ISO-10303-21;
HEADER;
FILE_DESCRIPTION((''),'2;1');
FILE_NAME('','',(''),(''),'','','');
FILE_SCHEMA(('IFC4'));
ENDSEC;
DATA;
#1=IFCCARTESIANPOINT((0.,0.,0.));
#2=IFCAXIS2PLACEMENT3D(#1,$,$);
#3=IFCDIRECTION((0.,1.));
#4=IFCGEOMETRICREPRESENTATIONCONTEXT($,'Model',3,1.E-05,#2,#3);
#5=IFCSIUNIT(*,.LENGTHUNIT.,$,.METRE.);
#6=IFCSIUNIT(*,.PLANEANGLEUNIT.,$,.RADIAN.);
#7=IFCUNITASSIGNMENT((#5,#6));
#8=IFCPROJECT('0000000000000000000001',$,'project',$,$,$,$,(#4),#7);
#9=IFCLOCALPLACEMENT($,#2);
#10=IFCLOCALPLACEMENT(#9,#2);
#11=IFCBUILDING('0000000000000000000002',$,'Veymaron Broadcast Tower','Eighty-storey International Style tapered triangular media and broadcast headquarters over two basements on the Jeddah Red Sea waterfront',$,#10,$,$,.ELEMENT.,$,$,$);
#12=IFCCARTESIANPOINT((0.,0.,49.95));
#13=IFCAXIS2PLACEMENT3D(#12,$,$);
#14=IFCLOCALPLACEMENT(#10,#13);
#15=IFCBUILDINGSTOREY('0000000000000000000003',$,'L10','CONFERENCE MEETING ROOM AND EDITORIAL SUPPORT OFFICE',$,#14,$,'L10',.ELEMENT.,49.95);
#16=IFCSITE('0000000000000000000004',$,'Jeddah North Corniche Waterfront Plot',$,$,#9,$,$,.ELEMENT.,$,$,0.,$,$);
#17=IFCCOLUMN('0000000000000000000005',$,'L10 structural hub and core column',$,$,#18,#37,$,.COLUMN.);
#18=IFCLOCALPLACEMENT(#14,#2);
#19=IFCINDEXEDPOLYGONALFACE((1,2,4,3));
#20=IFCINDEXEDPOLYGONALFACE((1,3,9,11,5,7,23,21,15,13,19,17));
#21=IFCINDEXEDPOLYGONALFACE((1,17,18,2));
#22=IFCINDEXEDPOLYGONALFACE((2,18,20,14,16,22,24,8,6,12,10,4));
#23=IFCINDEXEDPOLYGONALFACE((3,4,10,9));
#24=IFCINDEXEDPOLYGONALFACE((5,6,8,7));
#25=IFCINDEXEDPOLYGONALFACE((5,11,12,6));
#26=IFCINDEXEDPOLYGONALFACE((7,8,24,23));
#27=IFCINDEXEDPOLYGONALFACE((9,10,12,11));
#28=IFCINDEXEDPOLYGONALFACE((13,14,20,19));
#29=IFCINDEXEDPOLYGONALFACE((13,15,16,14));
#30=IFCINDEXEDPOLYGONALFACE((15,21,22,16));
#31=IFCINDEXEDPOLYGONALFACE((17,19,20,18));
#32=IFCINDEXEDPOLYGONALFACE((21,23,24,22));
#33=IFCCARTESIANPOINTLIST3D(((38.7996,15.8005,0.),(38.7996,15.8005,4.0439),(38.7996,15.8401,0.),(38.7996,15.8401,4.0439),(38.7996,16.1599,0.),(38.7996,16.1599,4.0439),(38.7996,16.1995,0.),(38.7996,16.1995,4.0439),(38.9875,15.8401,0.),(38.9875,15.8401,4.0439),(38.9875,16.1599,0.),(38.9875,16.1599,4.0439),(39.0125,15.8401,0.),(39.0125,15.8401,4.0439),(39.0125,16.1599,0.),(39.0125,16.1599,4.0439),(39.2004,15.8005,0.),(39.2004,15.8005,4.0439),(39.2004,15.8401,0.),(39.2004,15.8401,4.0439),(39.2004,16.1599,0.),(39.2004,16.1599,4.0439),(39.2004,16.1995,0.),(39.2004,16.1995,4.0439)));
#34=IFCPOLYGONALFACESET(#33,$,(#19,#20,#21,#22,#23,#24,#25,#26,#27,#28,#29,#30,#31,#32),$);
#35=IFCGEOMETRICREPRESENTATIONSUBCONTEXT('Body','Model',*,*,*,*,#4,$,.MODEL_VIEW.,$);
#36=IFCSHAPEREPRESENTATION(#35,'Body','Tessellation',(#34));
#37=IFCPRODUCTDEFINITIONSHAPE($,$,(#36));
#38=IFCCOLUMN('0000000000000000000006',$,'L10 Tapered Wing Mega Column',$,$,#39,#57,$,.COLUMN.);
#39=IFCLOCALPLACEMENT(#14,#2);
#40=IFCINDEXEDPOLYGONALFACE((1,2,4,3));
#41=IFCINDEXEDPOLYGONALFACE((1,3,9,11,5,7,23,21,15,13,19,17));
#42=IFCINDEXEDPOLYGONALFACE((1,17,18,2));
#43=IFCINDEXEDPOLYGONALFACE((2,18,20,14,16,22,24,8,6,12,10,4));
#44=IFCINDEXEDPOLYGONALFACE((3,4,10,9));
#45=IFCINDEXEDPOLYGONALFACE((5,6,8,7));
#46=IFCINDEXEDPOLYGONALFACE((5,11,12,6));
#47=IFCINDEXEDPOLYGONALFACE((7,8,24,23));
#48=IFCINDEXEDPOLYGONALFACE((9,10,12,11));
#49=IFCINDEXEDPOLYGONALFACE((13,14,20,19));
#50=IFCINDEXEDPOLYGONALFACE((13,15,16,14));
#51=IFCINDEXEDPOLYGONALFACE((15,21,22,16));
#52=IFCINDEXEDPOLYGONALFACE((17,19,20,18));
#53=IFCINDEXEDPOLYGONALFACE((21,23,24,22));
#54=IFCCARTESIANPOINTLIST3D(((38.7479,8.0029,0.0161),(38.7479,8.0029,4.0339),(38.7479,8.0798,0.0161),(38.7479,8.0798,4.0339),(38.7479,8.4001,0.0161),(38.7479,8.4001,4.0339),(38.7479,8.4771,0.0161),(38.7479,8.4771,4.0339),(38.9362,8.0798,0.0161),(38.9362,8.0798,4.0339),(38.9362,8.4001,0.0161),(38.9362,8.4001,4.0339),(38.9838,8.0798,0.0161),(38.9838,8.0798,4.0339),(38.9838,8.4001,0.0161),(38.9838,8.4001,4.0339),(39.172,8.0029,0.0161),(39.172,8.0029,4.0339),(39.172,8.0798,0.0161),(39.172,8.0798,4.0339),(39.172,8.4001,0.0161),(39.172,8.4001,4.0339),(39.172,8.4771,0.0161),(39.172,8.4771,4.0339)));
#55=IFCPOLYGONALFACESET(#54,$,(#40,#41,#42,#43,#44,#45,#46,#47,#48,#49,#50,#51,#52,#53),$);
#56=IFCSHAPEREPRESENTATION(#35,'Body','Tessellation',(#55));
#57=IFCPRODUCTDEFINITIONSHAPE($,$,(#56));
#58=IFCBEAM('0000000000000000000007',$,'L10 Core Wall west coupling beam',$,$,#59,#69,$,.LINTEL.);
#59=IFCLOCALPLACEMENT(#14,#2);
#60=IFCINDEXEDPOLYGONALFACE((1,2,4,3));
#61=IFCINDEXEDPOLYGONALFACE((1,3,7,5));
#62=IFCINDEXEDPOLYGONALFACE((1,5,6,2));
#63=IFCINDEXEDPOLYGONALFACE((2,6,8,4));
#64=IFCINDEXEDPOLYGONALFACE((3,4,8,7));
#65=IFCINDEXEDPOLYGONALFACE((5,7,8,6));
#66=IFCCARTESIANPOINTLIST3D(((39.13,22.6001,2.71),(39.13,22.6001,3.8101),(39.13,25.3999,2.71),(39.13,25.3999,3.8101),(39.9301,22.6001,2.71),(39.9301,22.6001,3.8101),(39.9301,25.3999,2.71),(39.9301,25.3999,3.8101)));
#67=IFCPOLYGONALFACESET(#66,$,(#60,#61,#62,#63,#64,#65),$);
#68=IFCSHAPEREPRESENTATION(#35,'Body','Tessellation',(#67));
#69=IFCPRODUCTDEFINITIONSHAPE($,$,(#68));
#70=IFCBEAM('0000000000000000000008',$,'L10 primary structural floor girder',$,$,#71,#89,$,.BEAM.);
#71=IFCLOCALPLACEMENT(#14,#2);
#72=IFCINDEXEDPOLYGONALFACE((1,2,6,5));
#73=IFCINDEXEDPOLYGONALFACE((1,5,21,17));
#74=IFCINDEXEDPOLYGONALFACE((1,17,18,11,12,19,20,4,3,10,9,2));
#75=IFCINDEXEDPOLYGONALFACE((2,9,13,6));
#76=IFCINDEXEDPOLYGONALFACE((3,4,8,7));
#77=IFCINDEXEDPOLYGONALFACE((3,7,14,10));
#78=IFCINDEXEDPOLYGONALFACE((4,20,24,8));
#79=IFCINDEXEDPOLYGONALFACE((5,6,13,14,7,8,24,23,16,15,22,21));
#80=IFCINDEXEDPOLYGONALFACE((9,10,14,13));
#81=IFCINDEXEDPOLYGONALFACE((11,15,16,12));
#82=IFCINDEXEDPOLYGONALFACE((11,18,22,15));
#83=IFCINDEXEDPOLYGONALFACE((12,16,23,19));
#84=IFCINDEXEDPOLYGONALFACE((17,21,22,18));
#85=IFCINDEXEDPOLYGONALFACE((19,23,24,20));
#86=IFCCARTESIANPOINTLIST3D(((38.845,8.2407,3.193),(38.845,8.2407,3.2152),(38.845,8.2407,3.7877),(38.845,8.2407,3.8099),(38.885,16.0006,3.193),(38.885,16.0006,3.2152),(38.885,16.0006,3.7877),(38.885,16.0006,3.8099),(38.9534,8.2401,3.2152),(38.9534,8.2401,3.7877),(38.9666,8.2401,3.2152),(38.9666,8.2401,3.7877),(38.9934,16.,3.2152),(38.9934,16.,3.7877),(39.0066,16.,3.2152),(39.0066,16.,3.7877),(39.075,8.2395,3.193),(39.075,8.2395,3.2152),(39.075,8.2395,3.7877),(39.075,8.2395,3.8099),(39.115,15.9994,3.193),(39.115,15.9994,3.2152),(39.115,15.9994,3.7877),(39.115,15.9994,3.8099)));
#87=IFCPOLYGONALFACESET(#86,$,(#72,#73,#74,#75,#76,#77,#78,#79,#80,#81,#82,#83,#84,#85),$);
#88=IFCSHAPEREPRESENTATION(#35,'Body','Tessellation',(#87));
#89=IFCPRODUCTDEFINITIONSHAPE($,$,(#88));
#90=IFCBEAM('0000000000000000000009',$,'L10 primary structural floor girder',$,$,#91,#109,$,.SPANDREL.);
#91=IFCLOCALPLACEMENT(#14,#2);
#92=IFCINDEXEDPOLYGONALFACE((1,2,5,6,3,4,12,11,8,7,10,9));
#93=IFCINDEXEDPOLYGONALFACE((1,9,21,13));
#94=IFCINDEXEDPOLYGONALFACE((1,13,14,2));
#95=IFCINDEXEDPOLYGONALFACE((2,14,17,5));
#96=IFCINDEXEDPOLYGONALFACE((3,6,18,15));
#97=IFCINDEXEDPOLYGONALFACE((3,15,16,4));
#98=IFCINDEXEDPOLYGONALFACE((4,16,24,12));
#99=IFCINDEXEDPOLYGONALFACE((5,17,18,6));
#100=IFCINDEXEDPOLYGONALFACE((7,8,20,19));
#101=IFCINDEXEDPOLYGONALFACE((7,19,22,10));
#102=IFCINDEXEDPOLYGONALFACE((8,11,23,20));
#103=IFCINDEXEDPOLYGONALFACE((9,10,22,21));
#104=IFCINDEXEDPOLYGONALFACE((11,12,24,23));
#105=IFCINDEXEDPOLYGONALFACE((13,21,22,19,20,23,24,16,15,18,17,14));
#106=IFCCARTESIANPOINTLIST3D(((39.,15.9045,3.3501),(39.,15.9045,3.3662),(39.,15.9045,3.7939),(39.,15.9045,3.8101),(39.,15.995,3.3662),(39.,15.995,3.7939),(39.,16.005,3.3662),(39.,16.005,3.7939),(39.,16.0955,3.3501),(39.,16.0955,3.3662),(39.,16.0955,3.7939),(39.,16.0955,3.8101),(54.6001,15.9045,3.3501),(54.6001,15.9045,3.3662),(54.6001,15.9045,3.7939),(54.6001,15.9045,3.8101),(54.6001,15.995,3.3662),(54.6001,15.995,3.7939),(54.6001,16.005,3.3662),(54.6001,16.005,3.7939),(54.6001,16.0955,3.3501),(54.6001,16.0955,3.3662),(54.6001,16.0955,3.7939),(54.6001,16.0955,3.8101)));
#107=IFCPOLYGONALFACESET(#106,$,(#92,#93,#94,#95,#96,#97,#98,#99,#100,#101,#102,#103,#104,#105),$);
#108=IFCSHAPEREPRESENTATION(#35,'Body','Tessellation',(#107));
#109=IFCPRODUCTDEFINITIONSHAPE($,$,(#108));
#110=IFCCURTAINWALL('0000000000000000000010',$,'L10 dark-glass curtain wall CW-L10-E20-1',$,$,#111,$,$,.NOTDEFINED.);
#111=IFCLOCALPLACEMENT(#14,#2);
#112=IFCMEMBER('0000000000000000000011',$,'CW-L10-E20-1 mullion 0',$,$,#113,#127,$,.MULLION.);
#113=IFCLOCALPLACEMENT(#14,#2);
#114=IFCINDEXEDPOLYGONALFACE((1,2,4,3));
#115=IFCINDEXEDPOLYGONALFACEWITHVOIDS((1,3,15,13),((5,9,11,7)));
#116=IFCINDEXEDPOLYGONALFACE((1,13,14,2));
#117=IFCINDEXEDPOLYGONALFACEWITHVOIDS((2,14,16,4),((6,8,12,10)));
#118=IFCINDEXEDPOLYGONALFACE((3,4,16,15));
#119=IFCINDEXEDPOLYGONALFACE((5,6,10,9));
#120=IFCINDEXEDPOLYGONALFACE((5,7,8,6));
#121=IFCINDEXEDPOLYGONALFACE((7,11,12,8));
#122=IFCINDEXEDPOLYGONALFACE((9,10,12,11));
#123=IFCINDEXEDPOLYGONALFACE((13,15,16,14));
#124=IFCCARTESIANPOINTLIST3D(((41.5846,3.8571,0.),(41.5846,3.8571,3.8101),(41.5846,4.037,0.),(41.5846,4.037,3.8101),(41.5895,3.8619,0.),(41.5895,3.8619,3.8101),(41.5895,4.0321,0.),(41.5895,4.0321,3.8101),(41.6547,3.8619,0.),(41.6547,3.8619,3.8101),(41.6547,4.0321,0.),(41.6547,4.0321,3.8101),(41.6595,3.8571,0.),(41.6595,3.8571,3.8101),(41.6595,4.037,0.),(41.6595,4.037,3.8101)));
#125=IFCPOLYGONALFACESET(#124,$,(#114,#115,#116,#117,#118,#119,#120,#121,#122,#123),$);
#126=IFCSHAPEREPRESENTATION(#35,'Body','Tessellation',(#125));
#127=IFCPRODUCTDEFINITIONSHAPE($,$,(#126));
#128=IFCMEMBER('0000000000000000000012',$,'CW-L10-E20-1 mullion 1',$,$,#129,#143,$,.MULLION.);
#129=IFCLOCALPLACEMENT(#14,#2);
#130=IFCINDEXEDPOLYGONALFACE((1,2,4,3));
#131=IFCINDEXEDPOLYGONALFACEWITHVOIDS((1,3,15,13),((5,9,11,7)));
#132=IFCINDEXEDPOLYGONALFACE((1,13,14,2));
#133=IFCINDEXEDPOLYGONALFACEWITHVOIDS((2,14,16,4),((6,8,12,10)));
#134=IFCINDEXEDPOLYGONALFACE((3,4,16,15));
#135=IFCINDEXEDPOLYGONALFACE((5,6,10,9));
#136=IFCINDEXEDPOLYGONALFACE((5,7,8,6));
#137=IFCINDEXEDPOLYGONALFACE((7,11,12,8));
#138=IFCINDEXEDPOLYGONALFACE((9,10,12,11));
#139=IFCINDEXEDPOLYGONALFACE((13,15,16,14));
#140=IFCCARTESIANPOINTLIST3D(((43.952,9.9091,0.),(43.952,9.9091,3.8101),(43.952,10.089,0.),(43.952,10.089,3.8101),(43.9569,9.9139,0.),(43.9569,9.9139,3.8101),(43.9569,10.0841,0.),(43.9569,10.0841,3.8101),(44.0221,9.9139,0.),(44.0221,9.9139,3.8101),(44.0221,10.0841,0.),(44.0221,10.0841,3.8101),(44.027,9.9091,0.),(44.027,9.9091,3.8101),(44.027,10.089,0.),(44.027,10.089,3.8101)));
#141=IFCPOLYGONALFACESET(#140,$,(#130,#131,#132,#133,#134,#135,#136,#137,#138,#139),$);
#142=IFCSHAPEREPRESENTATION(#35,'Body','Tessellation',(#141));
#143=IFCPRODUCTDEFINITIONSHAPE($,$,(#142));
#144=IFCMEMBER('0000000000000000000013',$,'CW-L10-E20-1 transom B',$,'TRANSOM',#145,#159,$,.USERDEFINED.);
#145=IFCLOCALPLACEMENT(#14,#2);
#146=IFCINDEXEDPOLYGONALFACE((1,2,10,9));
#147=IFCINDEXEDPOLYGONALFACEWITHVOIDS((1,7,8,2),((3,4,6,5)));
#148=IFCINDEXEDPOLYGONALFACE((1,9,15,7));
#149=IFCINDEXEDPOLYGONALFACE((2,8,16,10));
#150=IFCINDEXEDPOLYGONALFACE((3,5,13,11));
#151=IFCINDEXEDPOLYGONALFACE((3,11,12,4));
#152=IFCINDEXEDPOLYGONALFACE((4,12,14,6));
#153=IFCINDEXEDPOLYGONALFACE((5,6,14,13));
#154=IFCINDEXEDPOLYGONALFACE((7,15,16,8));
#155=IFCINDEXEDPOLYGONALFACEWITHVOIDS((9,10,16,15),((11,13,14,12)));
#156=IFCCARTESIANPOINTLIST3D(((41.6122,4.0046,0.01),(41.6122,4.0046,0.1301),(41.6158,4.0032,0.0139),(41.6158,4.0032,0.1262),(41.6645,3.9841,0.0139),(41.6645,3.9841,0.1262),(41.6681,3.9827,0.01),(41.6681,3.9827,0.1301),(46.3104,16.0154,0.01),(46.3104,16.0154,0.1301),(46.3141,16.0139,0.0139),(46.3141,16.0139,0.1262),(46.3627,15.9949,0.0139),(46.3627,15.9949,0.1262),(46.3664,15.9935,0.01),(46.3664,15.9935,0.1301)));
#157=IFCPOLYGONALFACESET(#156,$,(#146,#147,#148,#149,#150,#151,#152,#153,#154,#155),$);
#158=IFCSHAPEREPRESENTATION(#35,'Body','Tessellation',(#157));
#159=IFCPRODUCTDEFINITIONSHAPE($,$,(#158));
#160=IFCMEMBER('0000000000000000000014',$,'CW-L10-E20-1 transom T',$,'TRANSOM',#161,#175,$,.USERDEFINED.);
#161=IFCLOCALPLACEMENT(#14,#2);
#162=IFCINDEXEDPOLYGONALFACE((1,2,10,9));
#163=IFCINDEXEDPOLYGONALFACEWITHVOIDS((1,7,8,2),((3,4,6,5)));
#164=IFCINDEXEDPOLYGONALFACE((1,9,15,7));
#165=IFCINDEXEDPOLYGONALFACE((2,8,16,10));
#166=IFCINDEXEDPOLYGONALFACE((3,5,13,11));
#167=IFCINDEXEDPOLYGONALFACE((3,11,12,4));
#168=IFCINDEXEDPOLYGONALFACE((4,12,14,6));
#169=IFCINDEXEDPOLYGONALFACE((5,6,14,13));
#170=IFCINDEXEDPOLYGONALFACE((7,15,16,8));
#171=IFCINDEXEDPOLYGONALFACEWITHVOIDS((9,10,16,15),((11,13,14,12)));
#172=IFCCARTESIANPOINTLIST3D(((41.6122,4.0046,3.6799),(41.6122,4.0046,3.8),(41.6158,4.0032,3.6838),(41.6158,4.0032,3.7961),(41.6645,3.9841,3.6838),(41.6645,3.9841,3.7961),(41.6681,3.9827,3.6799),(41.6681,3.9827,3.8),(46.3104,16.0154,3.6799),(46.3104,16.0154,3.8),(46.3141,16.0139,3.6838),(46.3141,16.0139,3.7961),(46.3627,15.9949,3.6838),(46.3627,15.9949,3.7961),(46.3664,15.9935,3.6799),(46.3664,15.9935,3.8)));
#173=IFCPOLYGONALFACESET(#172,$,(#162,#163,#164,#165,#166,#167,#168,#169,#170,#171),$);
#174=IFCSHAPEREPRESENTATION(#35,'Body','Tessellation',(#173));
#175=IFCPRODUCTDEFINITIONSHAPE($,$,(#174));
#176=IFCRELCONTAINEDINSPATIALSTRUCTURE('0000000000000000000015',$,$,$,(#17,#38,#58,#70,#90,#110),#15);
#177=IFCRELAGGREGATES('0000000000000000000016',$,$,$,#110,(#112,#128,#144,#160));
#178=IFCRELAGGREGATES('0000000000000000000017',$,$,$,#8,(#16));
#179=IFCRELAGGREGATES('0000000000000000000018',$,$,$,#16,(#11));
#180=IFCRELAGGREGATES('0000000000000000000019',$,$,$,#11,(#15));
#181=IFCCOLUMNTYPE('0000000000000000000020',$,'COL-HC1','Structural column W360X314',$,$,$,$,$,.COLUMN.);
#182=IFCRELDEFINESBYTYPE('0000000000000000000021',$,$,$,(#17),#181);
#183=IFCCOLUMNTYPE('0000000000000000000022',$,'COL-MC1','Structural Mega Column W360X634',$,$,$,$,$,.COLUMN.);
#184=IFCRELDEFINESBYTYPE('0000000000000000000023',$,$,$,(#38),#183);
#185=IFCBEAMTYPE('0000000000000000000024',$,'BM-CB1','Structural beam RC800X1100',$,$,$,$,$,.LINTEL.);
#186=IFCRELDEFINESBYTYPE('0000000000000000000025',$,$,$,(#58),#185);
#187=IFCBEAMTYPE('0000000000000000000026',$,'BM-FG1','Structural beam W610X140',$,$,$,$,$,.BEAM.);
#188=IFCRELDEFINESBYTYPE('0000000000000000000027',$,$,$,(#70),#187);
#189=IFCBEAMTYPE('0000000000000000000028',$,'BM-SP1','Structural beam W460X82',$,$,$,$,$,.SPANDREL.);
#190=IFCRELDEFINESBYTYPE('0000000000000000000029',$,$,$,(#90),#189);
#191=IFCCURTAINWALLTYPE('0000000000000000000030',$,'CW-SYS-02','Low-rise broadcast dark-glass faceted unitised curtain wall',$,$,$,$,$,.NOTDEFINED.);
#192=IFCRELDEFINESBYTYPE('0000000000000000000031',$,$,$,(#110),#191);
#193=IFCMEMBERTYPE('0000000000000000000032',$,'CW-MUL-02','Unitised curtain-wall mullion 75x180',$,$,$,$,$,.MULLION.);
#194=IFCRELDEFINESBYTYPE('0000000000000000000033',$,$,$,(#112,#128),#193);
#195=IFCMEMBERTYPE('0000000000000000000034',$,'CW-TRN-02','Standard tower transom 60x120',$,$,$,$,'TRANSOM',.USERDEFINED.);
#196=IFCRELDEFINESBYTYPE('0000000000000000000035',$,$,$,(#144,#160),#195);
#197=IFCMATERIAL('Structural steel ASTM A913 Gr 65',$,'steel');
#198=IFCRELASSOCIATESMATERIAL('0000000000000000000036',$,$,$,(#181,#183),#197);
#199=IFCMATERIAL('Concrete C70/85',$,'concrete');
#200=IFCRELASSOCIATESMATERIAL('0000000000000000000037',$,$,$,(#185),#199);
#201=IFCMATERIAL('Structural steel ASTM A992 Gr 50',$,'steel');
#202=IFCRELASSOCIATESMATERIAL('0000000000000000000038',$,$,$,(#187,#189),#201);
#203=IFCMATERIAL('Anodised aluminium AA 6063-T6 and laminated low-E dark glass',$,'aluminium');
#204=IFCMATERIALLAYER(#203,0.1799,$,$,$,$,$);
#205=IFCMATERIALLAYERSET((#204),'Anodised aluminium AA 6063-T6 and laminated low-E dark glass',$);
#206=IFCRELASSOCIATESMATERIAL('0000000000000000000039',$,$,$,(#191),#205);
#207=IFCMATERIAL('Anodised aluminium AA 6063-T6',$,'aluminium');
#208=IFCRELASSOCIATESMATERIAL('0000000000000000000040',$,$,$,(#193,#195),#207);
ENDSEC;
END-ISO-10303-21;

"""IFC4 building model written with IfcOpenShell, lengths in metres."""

from ifc_helpers import new_model, si_unit, direction, frame, origin, origin_2d, place, context, subcontext, project, spatial, rectangle, hollow_rectangle, i_section, extrude, material, layer, layer_set, material_profile, profile_set, type_object, element, aggregate, save


model = new_model("IFC4")

# Units and contexts
model_context = context("Model", 3, precision=1e-05, world=origin(), true_north=direction((0.0, 1.0)))
body_context = subcontext(model_context, "Body", "Model", "MODEL_VIEW")
ifc_project = project(units=[si_unit("LENGTHUNIT", "METRE"), si_unit("PLANEANGLEUNIT", "RADIAN")], contexts=[model_context])

# Site, building, storey
site_placement = place(None, origin())
site = spatial("IfcSite", under=ifc_project, at=site_placement, Name="Jeddah North Corniche Waterfront Plot", CompositionType="ELEMENT", RefElevation=0.0)
building_placement = place(site_placement, origin())
building = spatial("IfcBuilding", under=site, at=building_placement, Name="Veymaron Broadcast Tower", Description="Eighty-storey International Style tapered triangular media and broadcast headquarters over two basements on the Jeddah Red Sea waterfront", CompositionType="ELEMENT")
storey_placement = place(building_placement, frame((0.0, 0.0, 49.95)))
storey = spatial("IfcBuildingStorey", under=building, at=storey_placement, Name="L10", Description="CONFERENCE MEETING ROOM AND EDITORIAL SUPPORT OFFICE", LongName="L10", CompositionType="ELEMENT", Elevation=49.95)

# Columns
ifc_material_1 = material(Name="Structural steel ASTM A913 Gr 65", Category="steel")
ifc_material_profile_1 = material_profile(ifc_material_1, i_section(OverallWidth=0.4009, OverallDepth=0.3989, WebThickness=0.0249, FlangeThickness=0.0396, at=origin_2d()), Name="W360X314")
ifc_profile_set_1 = profile_set([ifc_material_profile_1], Name="Structural steel ASTM A913 Gr 65")
column_type_1 = type_object("IfcColumnType", Name="COL-HC1", Description="Structural column W360X314", PredefinedType="COLUMN", material=ifc_profile_set_1)
column_1_placement = place(storey_placement, frame((39.0, 16.0, 0.0), z_axis=(0.0, 0.0, 1.0), x_axis=(1.0, 0.0, 0.0)))
element("IfcColumn", 1, at=column_1_placement, inside=storey, type_object=column_type_1, Name="L10 structural hub and core column", PredefinedType="COLUMN", context=body_context, shape_type="SweptSolid", body=[
    extrude(i_section(OverallWidth=0.4009, OverallDepth=0.3989, WebThickness=0.0249, FlangeThickness=0.0396, at=origin_2d()), origin(), (0.0, 0.0, 1.0), 4.0439),
])
ifc_material_profile_2 = material_profile(ifc_material_1, i_section(OverallWidth=0.4241, OverallDepth=0.4741, WebThickness=0.0476, FlangeThickness=0.0769, at=origin_2d()), Name="W360X634")
ifc_profile_set_2 = profile_set([ifc_material_profile_2], Name="Structural steel ASTM A913 Gr 65")
column_type_2 = type_object("IfcColumnType", Name="COL-MC1", Description="Structural Mega Column W360X634", PredefinedType="COLUMN", material=ifc_profile_set_2)
column_2_placement = place(storey_placement, frame((38.96, 8.24, 0.0161), z_axis=(0.0, 0.0, 1.0), x_axis=(1.0, 0.0, 0.0)))
element("IfcColumn", 2, at=column_2_placement, inside=storey, type_object=column_type_2, Name="L10 Tapered Wing Mega Column", PredefinedType="COLUMN", context=body_context, shape_type="SweptSolid", body=[
    extrude(i_section(OverallWidth=0.4241, OverallDepth=0.4741, WebThickness=0.0476, FlangeThickness=0.0769, at=origin_2d()), origin(), (0.0, 0.0, 1.0), 4.0178),
])

# Beams
ifc_material_2 = material(Name="Concrete C70/85", Category="concrete")
ifc_material_profile_3 = material_profile(ifc_material_2, rectangle(XDim=0.8, YDim=1.1001, at=origin_2d()), Name="RC800X1100")
ifc_profile_set_3 = profile_set([ifc_material_profile_3], Name="Concrete C70/85")
beam_type_1 = type_object("IfcBeamType", Name="BM-CB1", Description="Structural beam RC800X1100", PredefinedType="LINTEL", material=ifc_profile_set_3)
beam_1_placement = place(storey_placement, frame((39.53, 22.6001, 3.26), z_axis=(0.0, 1.0, 0.0), x_axis=(-1.0, 0.0, 0.0)))
element("IfcBeam", 3, at=beam_1_placement, inside=storey, type_object=beam_type_1, Name="L10 Core Wall west coupling beam", PredefinedType="LINTEL", context=body_context, shape_type="SweptSolid", body=[
    extrude(rectangle(XDim=0.8, YDim=1.1001, at=origin_2d()), origin(), (0.0, 0.0, 1.0), 2.7998),
])
ifc_material_3 = material(Name="Structural steel ASTM A992 Gr 50", Category="steel")
ifc_material_profile_4 = material_profile(ifc_material_3, i_section(OverallWidth=0.23, OverallDepth=0.6169, WebThickness=0.0132, FlangeThickness=0.0222, at=origin_2d()), Name="W610X140")
ifc_profile_set_4 = profile_set([ifc_material_profile_4], Name="Structural steel ASTM A992 Gr 50")
beam_type_2 = type_object("IfcBeamType", Name="BM-FG1", Description="Structural beam W610X140", PredefinedType="BEAM", material=ifc_profile_set_4)
beam_2_placement = place(storey_placement, frame((39.0, 16.0, 3.5015), z_axis=(-0.00516, -0.999987, 0.0), x_axis=(0.999987, -0.00516, 0.0)))
element("IfcBeam", 4, at=beam_2_placement, inside=storey, type_object=beam_type_2, Name="L10 primary structural floor girder", PredefinedType="BEAM", context=body_context, shape_type="SweptSolid", body=[
    extrude(i_section(OverallWidth=0.23, OverallDepth=0.6169, WebThickness=0.0132, FlangeThickness=0.0222, at=origin_2d()), origin(), (0.0, 0.0, 1.0), 7.76),
])
ifc_material_profile_5 = material_profile(ifc_material_3, i_section(OverallWidth=0.1909, OverallDepth=0.46, WebThickness=0.01, FlangeThickness=0.0161, at=origin_2d()), Name="W460X82")
ifc_profile_set_5 = profile_set([ifc_material_profile_5], Name="Structural steel ASTM A992 Gr 50")
beam_type_3 = type_object("IfcBeamType", Name="BM-SP1", Description="Structural beam W460X82", PredefinedType="SPANDREL", material=ifc_profile_set_5)
beam_3_placement = place(storey_placement, frame((39.0, 16.0, 3.5801), z_axis=(1.0, 0.0, 0.0), x_axis=(0.0, 1.0, 0.0)))
element("IfcBeam", 5, at=beam_3_placement, inside=storey, type_object=beam_type_3, Name="L10 primary structural floor girder", PredefinedType="SPANDREL", context=body_context, shape_type="SweptSolid", body=[
    extrude(i_section(OverallWidth=0.1909, OverallDepth=0.46, WebThickness=0.01, FlangeThickness=0.0161, at=origin_2d()), origin(), (0.0, 0.0, 1.0), 15.6001),
])

# Curtain wall, members
ifc_material_4 = material(Name="Anodised aluminium AA 6063-T6 and laminated low-E dark glass", Category="aluminium")
ifc_layer_1 = layer(ifc_material_4, 0.1799)
ifc_layer_set_1 = layer_set([ifc_layer_1], Name="Anodised aluminium AA 6063-T6 and laminated low-E dark glass")
curtain_wall_type = type_object("IfcCurtainWallType", Name="CW-SYS-02", Description="Low-rise broadcast dark-glass faceted unitised curtain wall", PredefinedType="NOTDEFINED", material=ifc_layer_set_1)
curtain_wall_placement = place(storey_placement, origin())
curtain_wall = element("IfcCurtainWall", 6, at=curtain_wall_placement, inside=storey, type_object=curtain_wall_type, Name="L10 dark-glass curtain wall CW-L10-E20-1", PredefinedType="NOTDEFINED")
ifc_material_5 = material(Name="Anodised aluminium AA 6063-T6", Category="aluminium")
ifc_material_profile_6 = material_profile(ifc_material_5, hollow_rectangle(XDim=0.075, YDim=0.1799, WallThickness=0.0049, at=origin_2d()), Name="AL180X75X5")
ifc_profile_set_6 = profile_set([ifc_material_profile_6], Name="Anodised aluminium AA 6063-T6")
member_type_1 = type_object("IfcMemberType", Name="CW-MUL-02", Description="Unitised curtain-wall mullion 75x180", PredefinedType="MULLION", material=ifc_profile_set_6)
member_1_placement = place(storey_placement, frame((41.6221, 3.947, 0.0), z_axis=(0.0, 0.0, 1.0), x_axis=(1.0, 0.0, 0.0)))
member_1 = element("IfcMember", 7, at=member_1_placement, type_object=member_type_1, Name="CW-L10-E20-1 mullion 0", PredefinedType="MULLION", context=body_context, shape_type="SweptSolid", body=[
    extrude(hollow_rectangle(XDim=0.075, YDim=0.1799, WallThickness=0.0049, at=origin_2d()), origin(), (0.0, 0.0, 1.0), 3.8101),
])
member_2_placement = place(storey_placement, frame((43.9895, 9.999, 0.0), z_axis=(0.0, 0.0, 1.0), x_axis=(1.0, 0.0, 0.0)))
member_2 = element("IfcMember", 8, at=member_2_placement, type_object=member_type_1, Name="CW-L10-E20-1 mullion 1", PredefinedType="MULLION", context=body_context, shape_type="SweptSolid", body=[
    extrude(hollow_rectangle(XDim=0.075, YDim=0.1799, WallThickness=0.0049, at=origin_2d()), origin(), (0.0, 0.0, 1.0), 3.8101),
])
ifc_material_profile_7 = material_profile(ifc_material_5, hollow_rectangle(XDim=0.0601, YDim=0.1201, WallThickness=0.0039, at=origin_2d()), Name="AL120X60X4")
ifc_profile_set_7 = profile_set([ifc_material_profile_7], Name="Anodised aluminium AA 6063-T6")
member_type_2 = type_object("IfcMemberType", Name="CW-TRN-02", Description="Standard tower transom 60x120", ElementType="TRANSOM", PredefinedType="USERDEFINED", material=ifc_profile_set_7)
member_3_placement = place(storey_placement, frame((41.6401, 3.9937, 0.0701), z_axis=(0.364291, 0.931285, 0.0), x_axis=(-0.931285, 0.364291, 0.0)))
member_3 = element("IfcMember", 9, at=member_3_placement, type_object=member_type_2, Name="CW-L10-E20-1 transom B", ObjectType="TRANSOM", PredefinedType="USERDEFINED", context=body_context, shape_type="SweptSolid", body=[
    extrude(hollow_rectangle(XDim=0.0601, YDim=0.1201, WallThickness=0.0039, at=origin_2d()), origin(), (0.0, 0.0, 1.0), 12.897),
])
member_4_placement = place(storey_placement, frame((41.6401, 3.9937, 3.74), z_axis=(0.364291, 0.931285, 0.0), x_axis=(-0.931285, 0.364291, 0.0)))
member_4 = element("IfcMember", 10, at=member_4_placement, type_object=member_type_2, Name="CW-L10-E20-1 transom T", ObjectType="TRANSOM", PredefinedType="USERDEFINED", context=body_context, shape_type="SweptSolid", body=[
    extrude(hollow_rectangle(XDim=0.0601, YDim=0.1201, WallThickness=0.0039, at=origin_2d()), origin(), (0.0, 0.0, 1.0), 12.897),
])
aggregate(curtain_wall, [member_1, member_2, member_3, member_4])

save(model, "model.ifc")
